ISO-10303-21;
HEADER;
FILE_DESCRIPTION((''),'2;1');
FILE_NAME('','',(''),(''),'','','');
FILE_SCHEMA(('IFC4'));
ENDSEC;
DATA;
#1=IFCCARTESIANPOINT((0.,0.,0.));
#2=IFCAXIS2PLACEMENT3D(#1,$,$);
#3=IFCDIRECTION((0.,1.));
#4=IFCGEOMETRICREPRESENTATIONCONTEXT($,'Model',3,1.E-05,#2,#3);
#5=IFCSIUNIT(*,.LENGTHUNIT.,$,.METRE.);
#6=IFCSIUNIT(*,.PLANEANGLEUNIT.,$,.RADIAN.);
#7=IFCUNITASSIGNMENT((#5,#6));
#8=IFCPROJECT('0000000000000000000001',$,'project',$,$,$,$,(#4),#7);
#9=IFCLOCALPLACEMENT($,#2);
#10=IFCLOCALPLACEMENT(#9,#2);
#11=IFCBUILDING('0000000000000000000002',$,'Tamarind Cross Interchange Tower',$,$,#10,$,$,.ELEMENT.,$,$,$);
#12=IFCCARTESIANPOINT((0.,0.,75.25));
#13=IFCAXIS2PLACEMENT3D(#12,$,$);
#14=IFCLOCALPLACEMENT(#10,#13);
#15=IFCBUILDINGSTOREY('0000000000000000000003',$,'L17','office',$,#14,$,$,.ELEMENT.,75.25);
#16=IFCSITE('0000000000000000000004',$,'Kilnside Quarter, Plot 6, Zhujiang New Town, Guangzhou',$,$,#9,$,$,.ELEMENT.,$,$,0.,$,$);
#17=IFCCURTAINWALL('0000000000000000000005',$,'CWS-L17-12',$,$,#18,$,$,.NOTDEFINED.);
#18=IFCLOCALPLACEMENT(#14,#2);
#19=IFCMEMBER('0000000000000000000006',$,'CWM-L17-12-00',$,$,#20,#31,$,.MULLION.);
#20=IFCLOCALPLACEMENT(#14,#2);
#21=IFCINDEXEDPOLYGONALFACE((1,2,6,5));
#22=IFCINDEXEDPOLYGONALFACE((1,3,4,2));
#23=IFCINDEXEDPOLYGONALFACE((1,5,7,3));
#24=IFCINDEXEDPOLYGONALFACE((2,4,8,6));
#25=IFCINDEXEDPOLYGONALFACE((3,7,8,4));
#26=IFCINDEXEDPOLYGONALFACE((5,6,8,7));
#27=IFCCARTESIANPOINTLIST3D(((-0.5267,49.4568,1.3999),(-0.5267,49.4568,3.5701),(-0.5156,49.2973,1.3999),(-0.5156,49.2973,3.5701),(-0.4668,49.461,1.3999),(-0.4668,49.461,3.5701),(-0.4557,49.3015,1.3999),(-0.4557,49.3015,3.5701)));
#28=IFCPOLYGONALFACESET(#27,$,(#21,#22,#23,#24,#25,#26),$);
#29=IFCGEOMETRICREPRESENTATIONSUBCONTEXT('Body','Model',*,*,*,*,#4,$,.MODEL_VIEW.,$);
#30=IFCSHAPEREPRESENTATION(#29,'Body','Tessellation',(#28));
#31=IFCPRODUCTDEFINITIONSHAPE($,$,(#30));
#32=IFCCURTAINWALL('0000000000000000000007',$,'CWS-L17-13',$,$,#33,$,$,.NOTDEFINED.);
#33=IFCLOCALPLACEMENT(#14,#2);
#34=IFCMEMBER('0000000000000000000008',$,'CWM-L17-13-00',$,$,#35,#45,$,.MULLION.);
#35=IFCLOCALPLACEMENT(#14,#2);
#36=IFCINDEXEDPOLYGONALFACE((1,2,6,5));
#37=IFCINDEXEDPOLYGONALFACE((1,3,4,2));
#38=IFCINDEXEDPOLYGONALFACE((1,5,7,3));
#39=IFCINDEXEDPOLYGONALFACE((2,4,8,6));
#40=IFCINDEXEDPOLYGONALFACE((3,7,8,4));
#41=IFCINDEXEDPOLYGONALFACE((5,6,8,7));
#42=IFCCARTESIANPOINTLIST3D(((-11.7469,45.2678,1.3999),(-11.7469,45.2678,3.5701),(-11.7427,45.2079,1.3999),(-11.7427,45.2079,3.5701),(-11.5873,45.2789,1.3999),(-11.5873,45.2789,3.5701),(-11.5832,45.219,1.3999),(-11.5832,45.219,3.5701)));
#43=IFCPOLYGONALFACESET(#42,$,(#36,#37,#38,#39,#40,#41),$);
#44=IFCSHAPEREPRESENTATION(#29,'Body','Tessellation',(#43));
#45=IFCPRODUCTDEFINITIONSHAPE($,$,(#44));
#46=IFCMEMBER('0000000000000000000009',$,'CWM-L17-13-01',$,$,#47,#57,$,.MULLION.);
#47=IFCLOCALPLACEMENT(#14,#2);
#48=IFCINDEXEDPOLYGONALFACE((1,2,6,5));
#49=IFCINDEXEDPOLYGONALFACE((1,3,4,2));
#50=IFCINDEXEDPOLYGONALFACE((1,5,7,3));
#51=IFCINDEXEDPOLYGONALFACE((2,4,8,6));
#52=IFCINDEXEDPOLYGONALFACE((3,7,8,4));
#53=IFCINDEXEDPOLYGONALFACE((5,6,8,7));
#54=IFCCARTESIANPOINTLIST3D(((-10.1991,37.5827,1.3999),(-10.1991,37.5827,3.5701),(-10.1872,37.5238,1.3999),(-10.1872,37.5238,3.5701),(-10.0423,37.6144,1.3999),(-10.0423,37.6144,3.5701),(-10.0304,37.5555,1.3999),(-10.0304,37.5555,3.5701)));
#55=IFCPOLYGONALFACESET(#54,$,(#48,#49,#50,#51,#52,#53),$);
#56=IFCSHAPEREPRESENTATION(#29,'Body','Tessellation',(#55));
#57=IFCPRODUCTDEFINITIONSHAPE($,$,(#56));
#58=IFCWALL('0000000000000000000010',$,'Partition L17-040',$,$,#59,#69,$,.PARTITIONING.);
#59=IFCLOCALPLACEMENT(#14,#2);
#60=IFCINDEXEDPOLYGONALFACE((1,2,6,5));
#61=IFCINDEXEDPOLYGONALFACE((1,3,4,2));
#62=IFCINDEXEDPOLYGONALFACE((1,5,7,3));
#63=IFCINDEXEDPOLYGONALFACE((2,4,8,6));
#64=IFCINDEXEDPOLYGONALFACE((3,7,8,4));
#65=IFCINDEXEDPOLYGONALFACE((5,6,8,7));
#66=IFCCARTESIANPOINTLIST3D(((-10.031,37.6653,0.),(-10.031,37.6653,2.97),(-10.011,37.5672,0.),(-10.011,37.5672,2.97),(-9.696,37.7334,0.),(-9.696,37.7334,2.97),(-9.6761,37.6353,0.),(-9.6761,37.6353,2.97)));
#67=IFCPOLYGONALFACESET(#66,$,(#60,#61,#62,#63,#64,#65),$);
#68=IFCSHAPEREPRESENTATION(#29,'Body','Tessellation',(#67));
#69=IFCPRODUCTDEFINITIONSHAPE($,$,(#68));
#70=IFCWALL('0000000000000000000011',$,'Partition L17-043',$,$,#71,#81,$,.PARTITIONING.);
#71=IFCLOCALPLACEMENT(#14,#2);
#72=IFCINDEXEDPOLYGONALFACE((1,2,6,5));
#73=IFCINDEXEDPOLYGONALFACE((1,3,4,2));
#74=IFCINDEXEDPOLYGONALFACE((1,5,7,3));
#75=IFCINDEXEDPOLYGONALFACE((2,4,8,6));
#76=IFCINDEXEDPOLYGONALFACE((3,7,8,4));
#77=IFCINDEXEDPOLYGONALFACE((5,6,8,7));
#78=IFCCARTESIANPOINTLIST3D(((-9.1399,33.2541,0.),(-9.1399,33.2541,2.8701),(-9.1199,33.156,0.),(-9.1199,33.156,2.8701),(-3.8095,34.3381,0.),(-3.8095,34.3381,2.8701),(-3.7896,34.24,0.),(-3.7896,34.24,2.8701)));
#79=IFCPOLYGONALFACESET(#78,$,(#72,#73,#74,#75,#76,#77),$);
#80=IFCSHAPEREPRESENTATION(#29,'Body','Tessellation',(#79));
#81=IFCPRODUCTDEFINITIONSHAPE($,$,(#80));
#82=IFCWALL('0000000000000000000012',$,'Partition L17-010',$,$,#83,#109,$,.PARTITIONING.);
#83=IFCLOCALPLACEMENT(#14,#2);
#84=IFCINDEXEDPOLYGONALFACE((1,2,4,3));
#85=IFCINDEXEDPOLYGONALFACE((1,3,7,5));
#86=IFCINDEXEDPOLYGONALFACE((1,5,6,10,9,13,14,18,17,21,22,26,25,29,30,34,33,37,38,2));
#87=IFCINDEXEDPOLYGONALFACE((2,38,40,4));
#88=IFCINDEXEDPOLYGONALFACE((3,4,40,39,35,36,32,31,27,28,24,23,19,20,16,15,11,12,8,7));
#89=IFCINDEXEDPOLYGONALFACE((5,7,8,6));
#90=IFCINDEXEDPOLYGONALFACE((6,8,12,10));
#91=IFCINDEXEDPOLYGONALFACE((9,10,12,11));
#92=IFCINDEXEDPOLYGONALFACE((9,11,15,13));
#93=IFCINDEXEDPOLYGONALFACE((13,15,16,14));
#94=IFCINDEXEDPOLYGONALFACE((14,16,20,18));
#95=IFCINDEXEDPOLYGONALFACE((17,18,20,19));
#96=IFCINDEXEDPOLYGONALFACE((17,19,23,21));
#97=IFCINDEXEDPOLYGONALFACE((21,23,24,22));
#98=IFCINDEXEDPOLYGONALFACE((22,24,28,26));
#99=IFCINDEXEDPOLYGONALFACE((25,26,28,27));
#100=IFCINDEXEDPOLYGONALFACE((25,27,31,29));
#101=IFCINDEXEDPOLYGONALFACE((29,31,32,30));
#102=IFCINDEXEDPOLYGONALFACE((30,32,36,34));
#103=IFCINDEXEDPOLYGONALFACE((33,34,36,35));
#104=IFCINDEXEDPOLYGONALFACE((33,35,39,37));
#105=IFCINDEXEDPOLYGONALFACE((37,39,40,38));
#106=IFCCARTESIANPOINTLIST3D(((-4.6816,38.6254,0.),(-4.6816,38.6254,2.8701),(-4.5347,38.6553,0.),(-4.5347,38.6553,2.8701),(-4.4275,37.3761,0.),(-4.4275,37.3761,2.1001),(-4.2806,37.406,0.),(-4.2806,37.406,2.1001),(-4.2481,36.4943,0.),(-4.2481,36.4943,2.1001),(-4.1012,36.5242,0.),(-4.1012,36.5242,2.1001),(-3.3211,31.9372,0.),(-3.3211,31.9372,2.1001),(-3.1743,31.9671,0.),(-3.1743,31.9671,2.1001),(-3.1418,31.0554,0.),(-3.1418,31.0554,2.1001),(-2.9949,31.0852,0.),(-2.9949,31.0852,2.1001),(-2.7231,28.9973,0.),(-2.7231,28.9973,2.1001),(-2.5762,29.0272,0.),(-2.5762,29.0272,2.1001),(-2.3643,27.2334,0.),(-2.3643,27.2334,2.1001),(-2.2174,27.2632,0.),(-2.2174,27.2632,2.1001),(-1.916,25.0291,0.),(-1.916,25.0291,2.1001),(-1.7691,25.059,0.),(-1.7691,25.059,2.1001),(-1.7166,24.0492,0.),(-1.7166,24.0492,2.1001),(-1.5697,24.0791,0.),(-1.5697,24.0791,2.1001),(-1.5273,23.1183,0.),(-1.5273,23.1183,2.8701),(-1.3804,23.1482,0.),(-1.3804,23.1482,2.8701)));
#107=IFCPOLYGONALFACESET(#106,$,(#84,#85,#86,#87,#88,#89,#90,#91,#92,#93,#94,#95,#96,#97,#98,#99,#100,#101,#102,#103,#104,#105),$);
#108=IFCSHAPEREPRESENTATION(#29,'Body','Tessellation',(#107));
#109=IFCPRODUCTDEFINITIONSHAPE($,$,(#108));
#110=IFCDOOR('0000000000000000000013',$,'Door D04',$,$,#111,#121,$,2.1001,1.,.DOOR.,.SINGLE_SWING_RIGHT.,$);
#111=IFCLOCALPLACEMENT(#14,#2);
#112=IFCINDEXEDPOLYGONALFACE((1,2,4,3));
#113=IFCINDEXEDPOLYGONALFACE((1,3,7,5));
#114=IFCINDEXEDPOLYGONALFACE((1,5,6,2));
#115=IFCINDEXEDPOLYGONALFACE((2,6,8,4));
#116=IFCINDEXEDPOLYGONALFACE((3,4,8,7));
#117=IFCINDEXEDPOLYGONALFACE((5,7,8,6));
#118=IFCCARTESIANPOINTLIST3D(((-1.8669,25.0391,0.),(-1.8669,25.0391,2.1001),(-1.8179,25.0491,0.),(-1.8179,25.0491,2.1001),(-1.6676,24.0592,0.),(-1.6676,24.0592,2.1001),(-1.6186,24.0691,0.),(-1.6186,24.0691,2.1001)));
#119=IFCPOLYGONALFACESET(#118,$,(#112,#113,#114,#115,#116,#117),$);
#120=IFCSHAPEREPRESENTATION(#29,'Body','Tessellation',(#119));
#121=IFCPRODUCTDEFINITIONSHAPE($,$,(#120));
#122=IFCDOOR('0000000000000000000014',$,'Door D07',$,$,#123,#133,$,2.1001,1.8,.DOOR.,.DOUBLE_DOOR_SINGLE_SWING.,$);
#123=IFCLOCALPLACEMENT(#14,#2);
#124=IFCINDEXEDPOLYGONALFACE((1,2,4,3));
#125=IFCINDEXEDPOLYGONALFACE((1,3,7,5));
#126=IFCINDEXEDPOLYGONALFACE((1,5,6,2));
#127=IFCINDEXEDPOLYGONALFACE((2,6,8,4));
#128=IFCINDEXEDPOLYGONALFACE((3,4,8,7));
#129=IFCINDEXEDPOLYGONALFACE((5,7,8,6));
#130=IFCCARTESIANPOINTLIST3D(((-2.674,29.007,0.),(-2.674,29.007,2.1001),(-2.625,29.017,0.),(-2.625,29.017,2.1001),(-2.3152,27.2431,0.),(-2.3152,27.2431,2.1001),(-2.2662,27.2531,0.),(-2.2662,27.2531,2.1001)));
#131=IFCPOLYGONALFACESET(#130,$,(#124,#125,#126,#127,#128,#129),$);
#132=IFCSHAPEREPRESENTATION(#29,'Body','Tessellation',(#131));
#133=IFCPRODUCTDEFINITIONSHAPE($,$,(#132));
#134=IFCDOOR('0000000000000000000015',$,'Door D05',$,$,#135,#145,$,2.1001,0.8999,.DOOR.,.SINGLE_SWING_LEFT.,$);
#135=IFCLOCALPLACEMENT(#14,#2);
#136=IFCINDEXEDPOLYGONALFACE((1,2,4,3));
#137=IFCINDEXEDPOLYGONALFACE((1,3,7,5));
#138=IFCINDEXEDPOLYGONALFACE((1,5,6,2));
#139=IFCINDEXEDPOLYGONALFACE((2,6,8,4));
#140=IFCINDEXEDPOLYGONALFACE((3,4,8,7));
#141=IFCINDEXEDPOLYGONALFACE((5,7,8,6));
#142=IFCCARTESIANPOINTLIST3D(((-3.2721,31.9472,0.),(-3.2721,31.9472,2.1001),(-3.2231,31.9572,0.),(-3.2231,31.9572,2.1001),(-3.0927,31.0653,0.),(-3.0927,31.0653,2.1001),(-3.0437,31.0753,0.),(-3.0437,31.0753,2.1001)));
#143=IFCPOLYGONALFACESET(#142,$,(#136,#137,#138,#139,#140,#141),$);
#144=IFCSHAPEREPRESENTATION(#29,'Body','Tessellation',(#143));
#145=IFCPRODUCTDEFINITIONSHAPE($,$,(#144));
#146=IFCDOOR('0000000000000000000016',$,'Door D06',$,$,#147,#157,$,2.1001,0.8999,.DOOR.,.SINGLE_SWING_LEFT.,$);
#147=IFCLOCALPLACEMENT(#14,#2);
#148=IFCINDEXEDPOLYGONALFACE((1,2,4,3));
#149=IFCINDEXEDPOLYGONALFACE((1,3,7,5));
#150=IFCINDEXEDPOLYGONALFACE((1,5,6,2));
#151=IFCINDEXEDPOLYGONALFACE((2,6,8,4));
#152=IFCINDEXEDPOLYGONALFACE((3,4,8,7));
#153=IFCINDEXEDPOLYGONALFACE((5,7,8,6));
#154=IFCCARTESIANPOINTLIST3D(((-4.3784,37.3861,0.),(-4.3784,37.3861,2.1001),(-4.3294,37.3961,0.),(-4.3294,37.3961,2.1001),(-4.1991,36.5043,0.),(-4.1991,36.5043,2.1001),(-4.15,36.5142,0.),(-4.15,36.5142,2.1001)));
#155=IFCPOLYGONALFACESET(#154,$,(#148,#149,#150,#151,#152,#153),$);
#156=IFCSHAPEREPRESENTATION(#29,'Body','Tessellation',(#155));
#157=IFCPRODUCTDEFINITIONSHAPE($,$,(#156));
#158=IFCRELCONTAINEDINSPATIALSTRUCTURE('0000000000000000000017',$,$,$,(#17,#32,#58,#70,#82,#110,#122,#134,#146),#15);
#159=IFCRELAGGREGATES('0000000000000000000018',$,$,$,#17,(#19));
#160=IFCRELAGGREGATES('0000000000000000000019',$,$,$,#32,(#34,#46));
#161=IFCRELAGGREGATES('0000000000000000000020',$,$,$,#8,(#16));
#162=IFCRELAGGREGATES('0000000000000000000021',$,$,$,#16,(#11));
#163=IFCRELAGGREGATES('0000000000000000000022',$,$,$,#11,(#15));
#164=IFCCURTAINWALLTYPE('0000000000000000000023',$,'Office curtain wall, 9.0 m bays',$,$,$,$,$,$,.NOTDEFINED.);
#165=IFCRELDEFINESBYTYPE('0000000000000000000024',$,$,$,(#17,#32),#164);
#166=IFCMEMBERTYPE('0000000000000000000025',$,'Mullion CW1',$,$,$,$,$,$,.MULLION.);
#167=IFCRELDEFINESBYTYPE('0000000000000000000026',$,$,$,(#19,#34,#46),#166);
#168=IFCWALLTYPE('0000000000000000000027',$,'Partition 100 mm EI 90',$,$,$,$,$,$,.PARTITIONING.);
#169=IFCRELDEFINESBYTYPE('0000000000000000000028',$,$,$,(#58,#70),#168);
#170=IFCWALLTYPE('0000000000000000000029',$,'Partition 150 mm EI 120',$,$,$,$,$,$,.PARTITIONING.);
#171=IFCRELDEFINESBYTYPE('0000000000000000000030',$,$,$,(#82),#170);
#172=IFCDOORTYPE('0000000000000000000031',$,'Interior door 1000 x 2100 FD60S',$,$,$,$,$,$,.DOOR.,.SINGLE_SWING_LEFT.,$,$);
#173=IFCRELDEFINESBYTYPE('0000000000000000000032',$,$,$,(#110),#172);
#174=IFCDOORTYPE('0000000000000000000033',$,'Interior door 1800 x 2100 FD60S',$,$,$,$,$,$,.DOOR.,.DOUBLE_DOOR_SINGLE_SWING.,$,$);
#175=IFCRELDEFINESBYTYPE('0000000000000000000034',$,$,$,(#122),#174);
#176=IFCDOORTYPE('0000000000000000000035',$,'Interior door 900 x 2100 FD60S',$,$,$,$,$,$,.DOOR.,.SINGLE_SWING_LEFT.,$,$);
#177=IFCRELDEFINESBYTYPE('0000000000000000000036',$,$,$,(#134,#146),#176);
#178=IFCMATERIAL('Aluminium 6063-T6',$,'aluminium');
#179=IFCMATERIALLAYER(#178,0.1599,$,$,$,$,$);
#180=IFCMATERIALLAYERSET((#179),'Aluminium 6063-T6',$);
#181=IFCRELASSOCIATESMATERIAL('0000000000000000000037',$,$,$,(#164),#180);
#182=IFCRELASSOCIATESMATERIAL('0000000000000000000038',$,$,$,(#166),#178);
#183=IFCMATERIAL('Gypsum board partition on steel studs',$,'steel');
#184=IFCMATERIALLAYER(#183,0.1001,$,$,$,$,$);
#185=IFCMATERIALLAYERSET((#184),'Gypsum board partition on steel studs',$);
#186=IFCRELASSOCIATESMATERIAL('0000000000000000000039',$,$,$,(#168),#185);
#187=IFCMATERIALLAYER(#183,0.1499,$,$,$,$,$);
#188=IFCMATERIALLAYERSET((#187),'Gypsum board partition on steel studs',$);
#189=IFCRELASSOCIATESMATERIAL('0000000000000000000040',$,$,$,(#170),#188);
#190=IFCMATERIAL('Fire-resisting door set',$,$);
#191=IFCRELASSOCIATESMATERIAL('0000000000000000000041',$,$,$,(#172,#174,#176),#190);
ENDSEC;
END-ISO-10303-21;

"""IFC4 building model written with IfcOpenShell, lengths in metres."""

from ifc_helpers import new_model, si_unit, direction, frame, frame_2d, origin, origin_2d, place, context, subcontext, project, spatial, rectangle, extrude, material, layer, layer_set, material_profile, profile_set, type_object, element, fill, aggregate, save


model = new_model("IFC4")

# Units and contexts
model_context = context("Model", 3, precision=1e-05, world=origin(), true_north=direction((0.0, 1.0)))
body_context = subcontext(model_context, "Body", "Model", "MODEL_VIEW")
ifc_project = project(units=[si_unit("LENGTHUNIT", "METRE"), si_unit("PLANEANGLEUNIT", "RADIAN")], contexts=[model_context])

# Site, building, storey
site_placement = place(None, origin())
site = spatial("IfcSite", under=ifc_project, at=site_placement, Name="Kilnside Quarter, Plot 6, Zhujiang New Town, Guangzhou", CompositionType="ELEMENT", RefElevation=0.0)
building_placement = place(site_placement, origin())
building = spatial("IfcBuilding", under=site, at=building_placement, Name="Tamarind Cross Interchange Tower", CompositionType="ELEMENT")
storey_placement = place(building_placement, frame((0.0, 0.0, 75.25)))
storey = spatial("IfcBuildingStorey", under=building, at=storey_placement, Name="L17", Description="office", CompositionType="ELEMENT", Elevation=75.25)

# Curtain wall, member
ifc_material_1 = material(Name="Aluminium 6063-T6", Category="aluminium")
ifc_layer_1 = layer(ifc_material_1, 0.1599)
ifc_layer_set_1 = layer_set([ifc_layer_1], Name="Aluminium 6063-T6")
curtain_wall_type = type_object("IfcCurtainWallType", Name="Office curtain wall, 9.0 m bays", PredefinedType="NOTDEFINED", material=ifc_layer_set_1)
curtain_wall_1_placement = place(storey_placement, origin())
curtain_wall_1 = element("IfcCurtainWall", 1, at=curtain_wall_1_placement, inside=storey, type_object=curtain_wall_type, Name="CWS-L17-12", PredefinedType="NOTDEFINED")
ifc_material_profile_1 = material_profile(ifc_material_1, rectangle(XDim=0.0601, YDim=0.1599, at=origin_2d()), Name="Mullion CW1")
ifc_profile_set_1 = profile_set([ifc_material_profile_1], Name="Aluminium 6063-T6")
member_type = type_object("IfcMemberType", Name="Mullion CW1", PredefinedType="MULLION", material=ifc_profile_set_1)
member_1_placement = place(storey_placement, frame((-0.4912, 49.3792, 1.3999), z_axis=(0.0, 0.0, 1.0), x_axis=(-0.997573, -0.069631, 0.0)))
member_1 = element("IfcMember", 2, at=member_1_placement, type_object=member_type, Name="CWM-L17-12-00", PredefinedType="MULLION", context=body_context, shape_type="SweptSolid", body=[
    extrude(rectangle(XDim=0.0601, YDim=0.1599, at=origin_2d()), origin(), (0.0, 0.0, 1.0), 2.1702),
])
aggregate(curtain_wall_1, [member_1])

# Curtain wall, members
curtain_wall_2_placement = place(storey_placement, origin())
curtain_wall_2 = element("IfcCurtainWall", 3, at=curtain_wall_2_placement, inside=storey, type_object=curtain_wall_type, Name="CWS-L17-13", PredefinedType="NOTDEFINED")
member_2_placement = place(storey_placement, frame((-11.665, 45.2434, 1.3999), z_axis=(0.0, 0.0, 1.0), x_axis=(0.069009, -0.997616, 0.0)))
member_2 = element("IfcMember", 4, at=member_2_placement, type_object=member_type, Name="CWM-L17-13-00", PredefinedType="MULLION", context=body_context, shape_type="SweptSolid", body=[
    extrude(rectangle(XDim=0.0601, YDim=0.1599, at=origin_2d()), origin(), (0.0, 0.0, 1.0), 2.1702),
])
member_3_placement = place(storey_placement, frame((-10.1147, 37.5691, 1.3999), z_axis=(0.0, 0.0, 1.0), x_axis=(0.198023, -0.980197, 0.0)))
member_3 = element("IfcMember", 5, at=member_3_placement, type_object=member_type, Name="CWM-L17-13-01", PredefinedType="MULLION", context=body_context, shape_type="SweptSolid", body=[
    extrude(rectangle(XDim=0.0601, YDim=0.1599, at=origin_2d()), origin(), (0.0, 0.0, 1.0), 2.1702),
])
aggregate(curtain_wall_2, [member_2, member_3])

# Walls
ifc_material_2 = material(Name="Gypsum board partition on steel studs", Category="steel")
ifc_layer_2 = layer(ifc_material_2, 0.1001)
ifc_layer_set_2 = layer_set([ifc_layer_2], Name="Gypsum board partition on steel studs")
wall_type_1 = type_object("IfcWallType", Name="Partition 100 mm EI 90", PredefinedType="PARTITIONING", material=ifc_layer_set_2)
wall_1_placement = place(storey_placement, frame((-10.021, 37.6162, 0.0), z_axis=(0.0, 0.0, 1.0), x_axis=(0.979944, 0.199274, 0.0)))
element("IfcWall", 6, at=wall_1_placement, inside=storey, type_object=wall_type_1, Name="Partition L17-040", PredefinedType="PARTITIONING", context=body_context, shape_type="SweptSolid", body=[
    extrude(rectangle(XDim=0.3418, YDim=0.1001, at=frame_2d((0.1709, 0.0))), origin(), (0.0, 0.0, 1.0), 2.97),
])
wall_2_placement = place(storey_placement, frame((-9.1299, 33.2051, 0.0), z_axis=(0.0, 0.0, 1.0), x_axis=(0.979942, 0.199283, 0.0)))
element("IfcWall", 7, at=wall_2_placement, inside=storey, type_object=wall_type_1, Name="Partition L17-043", PredefinedType="PARTITIONING", context=body_context, shape_type="SweptSolid", body=[
    extrude(rectangle(XDim=5.4395, YDim=0.1001, at=frame_2d((2.7197, 0.0))), origin(), (0.0, 0.0, 1.0), 2.8701),
])

# Wall, openings, doors
ifc_layer_3 = layer(ifc_material_2, 0.1499)
ifc_layer_set_3 = layer_set([ifc_layer_3], Name="Gypsum board partition on steel studs")
wall_type_2 = type_object("IfcWallType", Name="Partition 150 mm EI 120", PredefinedType="PARTITIONING", material=ifc_layer_set_3)
wall_3_placement = place(storey_placement, frame((-4.6082, 38.6404, 0.0), z_axis=(0.0, 0.0, 1.0), x_axis=(0.199328, -0.979933, 0.0)))
wall_3 = element("IfcWall", 8, at=wall_3_placement, inside=storey, type_object=wall_type_2, Name="Partition L17-010", PredefinedType="PARTITIONING", context=body_context, shape_type="SweptSolid", body=[
    extrude(rectangle(XDim=15.8247, YDim=0.1499, at=frame_2d((7.9124, 0.0))), origin(), (0.0, 0.0, 1.0), 2.8701),
])
opening_1_placement = place(wall_3_placement, frame((13.8748, 0.0, 0.0)))
opening_1 = element("IfcOpeningElement", 9, at=opening_1_placement, cuts=wall_3, PredefinedType="OPENING", context=body_context, shape_type="SweptSolid", body=[
    extrude(rectangle(XDim=1.0, YDim=2.1001, at=frame_2d((0.5, 1.05))), frame((0.0, 0.085, 0.0), z_axis=(0.0, -1.0, 0.0), x_axis=(1.0, 0.0, 0.0)), (0.0, 0.0, 1.0), 0.1699),
])
opening_2_placement = place(wall_3_placement, frame((6.8252, 0.0, 0.0)))
opening_2 = element("IfcOpeningElement", 10, at=opening_2_placement, cuts=wall_3, PredefinedType="OPENING", context=body_context, shape_type="SweptSolid", body=[
    extrude(rectangle(XDim=0.8999, YDim=2.1001, at=frame_2d((0.45, 1.05))), frame((0.0, 0.085, 0.0), z_axis=(0.0, -1.0, 0.0), x_axis=(1.0, 0.0, 0.0)), (0.0, 0.0, 1.0), 0.1699),
])
opening_3_placement = place(wall_3_placement, frame((1.2749, 0.0, 0.0)))
opening_3 = element("IfcOpeningElement", 11, at=opening_3_placement, cuts=wall_3, PredefinedType="OPENING", context=body_context, shape_type="SweptSolid", body=[
    extrude(rectangle(XDim=0.8999, YDim=2.1001, at=frame_2d((0.45, 1.05))), frame((0.0, 0.085, 0.0), z_axis=(0.0, -1.0, 0.0), x_axis=(1.0, 0.0, 0.0)), (0.0, 0.0, 1.0), 0.1699),
])
opening_4_placement = place(wall_3_placement, frame((9.8254, 0.0, 0.0)))
opening_4 = element("IfcOpeningElement", 12, at=opening_4_placement, cuts=wall_3, PredefinedType="OPENING", context=body_context, shape_type="SweptSolid", body=[
    extrude(rectangle(XDim=1.8, YDim=2.1001, at=frame_2d((0.8999, 1.05))), frame((0.0, 0.085, 0.0), z_axis=(0.0, -1.0, 0.0), x_axis=(1.0, 0.0, 0.0)), (0.0, 0.0, 1.0), 0.1699),
])
ifc_material_3 = material(Name="Fire-resisting door set")
door_type_1 = type_object("IfcDoorType", Name="Interior door 1000 x 2100 FD60S", OperationType="SINGLE_SWING_LEFT", PredefinedType="DOOR", material=ifc_material_3)
door_1_placement = place(opening_1_placement, frame((1.0, 0.0, 0.0), z_axis=(0.0, 0.0, 1.0), x_axis=(-1.0, 0.0, 0.0)))
door_1 = element("IfcDoor", 13, at=door_1_placement, inside=storey, type_object=door_type_1, Name="Door D04", OperationType="SINGLE_SWING_RIGHT", OverallHeight=2.1001, OverallWidth=1.0, PredefinedType="DOOR", context=body_context, shape_type="SweptSolid", body=[
    extrude(rectangle(XDim=1.0, YDim=2.1001, at=frame_2d((0.5, 1.05))), frame((0.0, 0.0249, 0.0), z_axis=(0.0, -1.0, 0.0), x_axis=(1.0, 0.0, 0.0)), (0.0, 0.0, 1.0), 0.05),
])
fill(opening_1, door_1)
door_type_2 = type_object("IfcDoorType", Name="Interior door 1800 x 2100 FD60S", OperationType="DOUBLE_DOOR_SINGLE_SWING", PredefinedType="DOOR", material=ifc_material_3)
door_2_placement = place(opening_4_placement, frame((1.8, 0.0, 0.0), z_axis=(0.0, 0.0, 1.0), x_axis=(-1.0, 0.0, 0.0)))
door_2 = element("IfcDoor", 14, at=door_2_placement, inside=storey, type_object=door_type_2, Name="Door D07", OperationType="DOUBLE_DOOR_SINGLE_SWING", OverallHeight=2.1001, OverallWidth=1.8, PredefinedType="DOOR", context=body_context, shape_type="SweptSolid", body=[
    extrude(rectangle(XDim=1.8, YDim=2.1001, at=frame_2d((0.8999, 1.05))), frame((0.0, 0.0249, 0.0), z_axis=(0.0, -1.0, 0.0), x_axis=(1.0, 0.0, 0.0)), (0.0, 0.0, 1.0), 0.05),
])
fill(opening_4, door_2)
door_type_3 = type_object("IfcDoorType", Name="Interior door 900 x 2100 FD60S", OperationType="SINGLE_SWING_LEFT", PredefinedType="DOOR", material=ifc_material_3)
door_3_placement = place(opening_2_placement, frame((0.8999, 0.0, 0.0), z_axis=(0.0, 0.0, 1.0), x_axis=(-1.0, 0.0, 0.0)))
door_3 = element("IfcDoor", 15, at=door_3_placement, inside=storey, type_object=door_type_3, Name="Door D05", OperationType="SINGLE_SWING_LEFT", OverallHeight=2.1001, OverallWidth=0.8999, PredefinedType="DOOR", context=body_context, shape_type="SweptSolid", body=[
    extrude(rectangle(XDim=0.8999, YDim=2.1001, at=frame_2d((0.45, 1.05))), frame((0.0, 0.0249, 0.0), z_axis=(0.0, -1.0, 0.0), x_axis=(1.0, 0.0, 0.0)), (0.0, 0.0, 1.0), 0.05),
])
fill(opening_2, door_3)
door_4_placement = place(opening_3_placement, frame((0.8999, 0.0, 0.0), z_axis=(0.0, 0.0, 1.0), x_axis=(-1.0, 0.0, 0.0)))
door_4 = element("IfcDoor", 16, at=door_4_placement, inside=storey, type_object=door_type_3, Name="Door D06", OperationType="SINGLE_SWING_LEFT", OverallHeight=2.1001, OverallWidth=0.8999, PredefinedType="DOOR", context=body_context, shape_type="SweptSolid", body=[
    extrude(rectangle(XDim=0.8999, YDim=2.1001, at=frame_2d((0.45, 1.05))), frame((0.0, 0.0249, 0.0), z_axis=(0.0, -1.0, 0.0), x_axis=(1.0, 0.0, 0.0)), (0.0, 0.0, 1.0), 0.05),
])
fill(opening_3, door_4)

save(model, "model.ifc")
